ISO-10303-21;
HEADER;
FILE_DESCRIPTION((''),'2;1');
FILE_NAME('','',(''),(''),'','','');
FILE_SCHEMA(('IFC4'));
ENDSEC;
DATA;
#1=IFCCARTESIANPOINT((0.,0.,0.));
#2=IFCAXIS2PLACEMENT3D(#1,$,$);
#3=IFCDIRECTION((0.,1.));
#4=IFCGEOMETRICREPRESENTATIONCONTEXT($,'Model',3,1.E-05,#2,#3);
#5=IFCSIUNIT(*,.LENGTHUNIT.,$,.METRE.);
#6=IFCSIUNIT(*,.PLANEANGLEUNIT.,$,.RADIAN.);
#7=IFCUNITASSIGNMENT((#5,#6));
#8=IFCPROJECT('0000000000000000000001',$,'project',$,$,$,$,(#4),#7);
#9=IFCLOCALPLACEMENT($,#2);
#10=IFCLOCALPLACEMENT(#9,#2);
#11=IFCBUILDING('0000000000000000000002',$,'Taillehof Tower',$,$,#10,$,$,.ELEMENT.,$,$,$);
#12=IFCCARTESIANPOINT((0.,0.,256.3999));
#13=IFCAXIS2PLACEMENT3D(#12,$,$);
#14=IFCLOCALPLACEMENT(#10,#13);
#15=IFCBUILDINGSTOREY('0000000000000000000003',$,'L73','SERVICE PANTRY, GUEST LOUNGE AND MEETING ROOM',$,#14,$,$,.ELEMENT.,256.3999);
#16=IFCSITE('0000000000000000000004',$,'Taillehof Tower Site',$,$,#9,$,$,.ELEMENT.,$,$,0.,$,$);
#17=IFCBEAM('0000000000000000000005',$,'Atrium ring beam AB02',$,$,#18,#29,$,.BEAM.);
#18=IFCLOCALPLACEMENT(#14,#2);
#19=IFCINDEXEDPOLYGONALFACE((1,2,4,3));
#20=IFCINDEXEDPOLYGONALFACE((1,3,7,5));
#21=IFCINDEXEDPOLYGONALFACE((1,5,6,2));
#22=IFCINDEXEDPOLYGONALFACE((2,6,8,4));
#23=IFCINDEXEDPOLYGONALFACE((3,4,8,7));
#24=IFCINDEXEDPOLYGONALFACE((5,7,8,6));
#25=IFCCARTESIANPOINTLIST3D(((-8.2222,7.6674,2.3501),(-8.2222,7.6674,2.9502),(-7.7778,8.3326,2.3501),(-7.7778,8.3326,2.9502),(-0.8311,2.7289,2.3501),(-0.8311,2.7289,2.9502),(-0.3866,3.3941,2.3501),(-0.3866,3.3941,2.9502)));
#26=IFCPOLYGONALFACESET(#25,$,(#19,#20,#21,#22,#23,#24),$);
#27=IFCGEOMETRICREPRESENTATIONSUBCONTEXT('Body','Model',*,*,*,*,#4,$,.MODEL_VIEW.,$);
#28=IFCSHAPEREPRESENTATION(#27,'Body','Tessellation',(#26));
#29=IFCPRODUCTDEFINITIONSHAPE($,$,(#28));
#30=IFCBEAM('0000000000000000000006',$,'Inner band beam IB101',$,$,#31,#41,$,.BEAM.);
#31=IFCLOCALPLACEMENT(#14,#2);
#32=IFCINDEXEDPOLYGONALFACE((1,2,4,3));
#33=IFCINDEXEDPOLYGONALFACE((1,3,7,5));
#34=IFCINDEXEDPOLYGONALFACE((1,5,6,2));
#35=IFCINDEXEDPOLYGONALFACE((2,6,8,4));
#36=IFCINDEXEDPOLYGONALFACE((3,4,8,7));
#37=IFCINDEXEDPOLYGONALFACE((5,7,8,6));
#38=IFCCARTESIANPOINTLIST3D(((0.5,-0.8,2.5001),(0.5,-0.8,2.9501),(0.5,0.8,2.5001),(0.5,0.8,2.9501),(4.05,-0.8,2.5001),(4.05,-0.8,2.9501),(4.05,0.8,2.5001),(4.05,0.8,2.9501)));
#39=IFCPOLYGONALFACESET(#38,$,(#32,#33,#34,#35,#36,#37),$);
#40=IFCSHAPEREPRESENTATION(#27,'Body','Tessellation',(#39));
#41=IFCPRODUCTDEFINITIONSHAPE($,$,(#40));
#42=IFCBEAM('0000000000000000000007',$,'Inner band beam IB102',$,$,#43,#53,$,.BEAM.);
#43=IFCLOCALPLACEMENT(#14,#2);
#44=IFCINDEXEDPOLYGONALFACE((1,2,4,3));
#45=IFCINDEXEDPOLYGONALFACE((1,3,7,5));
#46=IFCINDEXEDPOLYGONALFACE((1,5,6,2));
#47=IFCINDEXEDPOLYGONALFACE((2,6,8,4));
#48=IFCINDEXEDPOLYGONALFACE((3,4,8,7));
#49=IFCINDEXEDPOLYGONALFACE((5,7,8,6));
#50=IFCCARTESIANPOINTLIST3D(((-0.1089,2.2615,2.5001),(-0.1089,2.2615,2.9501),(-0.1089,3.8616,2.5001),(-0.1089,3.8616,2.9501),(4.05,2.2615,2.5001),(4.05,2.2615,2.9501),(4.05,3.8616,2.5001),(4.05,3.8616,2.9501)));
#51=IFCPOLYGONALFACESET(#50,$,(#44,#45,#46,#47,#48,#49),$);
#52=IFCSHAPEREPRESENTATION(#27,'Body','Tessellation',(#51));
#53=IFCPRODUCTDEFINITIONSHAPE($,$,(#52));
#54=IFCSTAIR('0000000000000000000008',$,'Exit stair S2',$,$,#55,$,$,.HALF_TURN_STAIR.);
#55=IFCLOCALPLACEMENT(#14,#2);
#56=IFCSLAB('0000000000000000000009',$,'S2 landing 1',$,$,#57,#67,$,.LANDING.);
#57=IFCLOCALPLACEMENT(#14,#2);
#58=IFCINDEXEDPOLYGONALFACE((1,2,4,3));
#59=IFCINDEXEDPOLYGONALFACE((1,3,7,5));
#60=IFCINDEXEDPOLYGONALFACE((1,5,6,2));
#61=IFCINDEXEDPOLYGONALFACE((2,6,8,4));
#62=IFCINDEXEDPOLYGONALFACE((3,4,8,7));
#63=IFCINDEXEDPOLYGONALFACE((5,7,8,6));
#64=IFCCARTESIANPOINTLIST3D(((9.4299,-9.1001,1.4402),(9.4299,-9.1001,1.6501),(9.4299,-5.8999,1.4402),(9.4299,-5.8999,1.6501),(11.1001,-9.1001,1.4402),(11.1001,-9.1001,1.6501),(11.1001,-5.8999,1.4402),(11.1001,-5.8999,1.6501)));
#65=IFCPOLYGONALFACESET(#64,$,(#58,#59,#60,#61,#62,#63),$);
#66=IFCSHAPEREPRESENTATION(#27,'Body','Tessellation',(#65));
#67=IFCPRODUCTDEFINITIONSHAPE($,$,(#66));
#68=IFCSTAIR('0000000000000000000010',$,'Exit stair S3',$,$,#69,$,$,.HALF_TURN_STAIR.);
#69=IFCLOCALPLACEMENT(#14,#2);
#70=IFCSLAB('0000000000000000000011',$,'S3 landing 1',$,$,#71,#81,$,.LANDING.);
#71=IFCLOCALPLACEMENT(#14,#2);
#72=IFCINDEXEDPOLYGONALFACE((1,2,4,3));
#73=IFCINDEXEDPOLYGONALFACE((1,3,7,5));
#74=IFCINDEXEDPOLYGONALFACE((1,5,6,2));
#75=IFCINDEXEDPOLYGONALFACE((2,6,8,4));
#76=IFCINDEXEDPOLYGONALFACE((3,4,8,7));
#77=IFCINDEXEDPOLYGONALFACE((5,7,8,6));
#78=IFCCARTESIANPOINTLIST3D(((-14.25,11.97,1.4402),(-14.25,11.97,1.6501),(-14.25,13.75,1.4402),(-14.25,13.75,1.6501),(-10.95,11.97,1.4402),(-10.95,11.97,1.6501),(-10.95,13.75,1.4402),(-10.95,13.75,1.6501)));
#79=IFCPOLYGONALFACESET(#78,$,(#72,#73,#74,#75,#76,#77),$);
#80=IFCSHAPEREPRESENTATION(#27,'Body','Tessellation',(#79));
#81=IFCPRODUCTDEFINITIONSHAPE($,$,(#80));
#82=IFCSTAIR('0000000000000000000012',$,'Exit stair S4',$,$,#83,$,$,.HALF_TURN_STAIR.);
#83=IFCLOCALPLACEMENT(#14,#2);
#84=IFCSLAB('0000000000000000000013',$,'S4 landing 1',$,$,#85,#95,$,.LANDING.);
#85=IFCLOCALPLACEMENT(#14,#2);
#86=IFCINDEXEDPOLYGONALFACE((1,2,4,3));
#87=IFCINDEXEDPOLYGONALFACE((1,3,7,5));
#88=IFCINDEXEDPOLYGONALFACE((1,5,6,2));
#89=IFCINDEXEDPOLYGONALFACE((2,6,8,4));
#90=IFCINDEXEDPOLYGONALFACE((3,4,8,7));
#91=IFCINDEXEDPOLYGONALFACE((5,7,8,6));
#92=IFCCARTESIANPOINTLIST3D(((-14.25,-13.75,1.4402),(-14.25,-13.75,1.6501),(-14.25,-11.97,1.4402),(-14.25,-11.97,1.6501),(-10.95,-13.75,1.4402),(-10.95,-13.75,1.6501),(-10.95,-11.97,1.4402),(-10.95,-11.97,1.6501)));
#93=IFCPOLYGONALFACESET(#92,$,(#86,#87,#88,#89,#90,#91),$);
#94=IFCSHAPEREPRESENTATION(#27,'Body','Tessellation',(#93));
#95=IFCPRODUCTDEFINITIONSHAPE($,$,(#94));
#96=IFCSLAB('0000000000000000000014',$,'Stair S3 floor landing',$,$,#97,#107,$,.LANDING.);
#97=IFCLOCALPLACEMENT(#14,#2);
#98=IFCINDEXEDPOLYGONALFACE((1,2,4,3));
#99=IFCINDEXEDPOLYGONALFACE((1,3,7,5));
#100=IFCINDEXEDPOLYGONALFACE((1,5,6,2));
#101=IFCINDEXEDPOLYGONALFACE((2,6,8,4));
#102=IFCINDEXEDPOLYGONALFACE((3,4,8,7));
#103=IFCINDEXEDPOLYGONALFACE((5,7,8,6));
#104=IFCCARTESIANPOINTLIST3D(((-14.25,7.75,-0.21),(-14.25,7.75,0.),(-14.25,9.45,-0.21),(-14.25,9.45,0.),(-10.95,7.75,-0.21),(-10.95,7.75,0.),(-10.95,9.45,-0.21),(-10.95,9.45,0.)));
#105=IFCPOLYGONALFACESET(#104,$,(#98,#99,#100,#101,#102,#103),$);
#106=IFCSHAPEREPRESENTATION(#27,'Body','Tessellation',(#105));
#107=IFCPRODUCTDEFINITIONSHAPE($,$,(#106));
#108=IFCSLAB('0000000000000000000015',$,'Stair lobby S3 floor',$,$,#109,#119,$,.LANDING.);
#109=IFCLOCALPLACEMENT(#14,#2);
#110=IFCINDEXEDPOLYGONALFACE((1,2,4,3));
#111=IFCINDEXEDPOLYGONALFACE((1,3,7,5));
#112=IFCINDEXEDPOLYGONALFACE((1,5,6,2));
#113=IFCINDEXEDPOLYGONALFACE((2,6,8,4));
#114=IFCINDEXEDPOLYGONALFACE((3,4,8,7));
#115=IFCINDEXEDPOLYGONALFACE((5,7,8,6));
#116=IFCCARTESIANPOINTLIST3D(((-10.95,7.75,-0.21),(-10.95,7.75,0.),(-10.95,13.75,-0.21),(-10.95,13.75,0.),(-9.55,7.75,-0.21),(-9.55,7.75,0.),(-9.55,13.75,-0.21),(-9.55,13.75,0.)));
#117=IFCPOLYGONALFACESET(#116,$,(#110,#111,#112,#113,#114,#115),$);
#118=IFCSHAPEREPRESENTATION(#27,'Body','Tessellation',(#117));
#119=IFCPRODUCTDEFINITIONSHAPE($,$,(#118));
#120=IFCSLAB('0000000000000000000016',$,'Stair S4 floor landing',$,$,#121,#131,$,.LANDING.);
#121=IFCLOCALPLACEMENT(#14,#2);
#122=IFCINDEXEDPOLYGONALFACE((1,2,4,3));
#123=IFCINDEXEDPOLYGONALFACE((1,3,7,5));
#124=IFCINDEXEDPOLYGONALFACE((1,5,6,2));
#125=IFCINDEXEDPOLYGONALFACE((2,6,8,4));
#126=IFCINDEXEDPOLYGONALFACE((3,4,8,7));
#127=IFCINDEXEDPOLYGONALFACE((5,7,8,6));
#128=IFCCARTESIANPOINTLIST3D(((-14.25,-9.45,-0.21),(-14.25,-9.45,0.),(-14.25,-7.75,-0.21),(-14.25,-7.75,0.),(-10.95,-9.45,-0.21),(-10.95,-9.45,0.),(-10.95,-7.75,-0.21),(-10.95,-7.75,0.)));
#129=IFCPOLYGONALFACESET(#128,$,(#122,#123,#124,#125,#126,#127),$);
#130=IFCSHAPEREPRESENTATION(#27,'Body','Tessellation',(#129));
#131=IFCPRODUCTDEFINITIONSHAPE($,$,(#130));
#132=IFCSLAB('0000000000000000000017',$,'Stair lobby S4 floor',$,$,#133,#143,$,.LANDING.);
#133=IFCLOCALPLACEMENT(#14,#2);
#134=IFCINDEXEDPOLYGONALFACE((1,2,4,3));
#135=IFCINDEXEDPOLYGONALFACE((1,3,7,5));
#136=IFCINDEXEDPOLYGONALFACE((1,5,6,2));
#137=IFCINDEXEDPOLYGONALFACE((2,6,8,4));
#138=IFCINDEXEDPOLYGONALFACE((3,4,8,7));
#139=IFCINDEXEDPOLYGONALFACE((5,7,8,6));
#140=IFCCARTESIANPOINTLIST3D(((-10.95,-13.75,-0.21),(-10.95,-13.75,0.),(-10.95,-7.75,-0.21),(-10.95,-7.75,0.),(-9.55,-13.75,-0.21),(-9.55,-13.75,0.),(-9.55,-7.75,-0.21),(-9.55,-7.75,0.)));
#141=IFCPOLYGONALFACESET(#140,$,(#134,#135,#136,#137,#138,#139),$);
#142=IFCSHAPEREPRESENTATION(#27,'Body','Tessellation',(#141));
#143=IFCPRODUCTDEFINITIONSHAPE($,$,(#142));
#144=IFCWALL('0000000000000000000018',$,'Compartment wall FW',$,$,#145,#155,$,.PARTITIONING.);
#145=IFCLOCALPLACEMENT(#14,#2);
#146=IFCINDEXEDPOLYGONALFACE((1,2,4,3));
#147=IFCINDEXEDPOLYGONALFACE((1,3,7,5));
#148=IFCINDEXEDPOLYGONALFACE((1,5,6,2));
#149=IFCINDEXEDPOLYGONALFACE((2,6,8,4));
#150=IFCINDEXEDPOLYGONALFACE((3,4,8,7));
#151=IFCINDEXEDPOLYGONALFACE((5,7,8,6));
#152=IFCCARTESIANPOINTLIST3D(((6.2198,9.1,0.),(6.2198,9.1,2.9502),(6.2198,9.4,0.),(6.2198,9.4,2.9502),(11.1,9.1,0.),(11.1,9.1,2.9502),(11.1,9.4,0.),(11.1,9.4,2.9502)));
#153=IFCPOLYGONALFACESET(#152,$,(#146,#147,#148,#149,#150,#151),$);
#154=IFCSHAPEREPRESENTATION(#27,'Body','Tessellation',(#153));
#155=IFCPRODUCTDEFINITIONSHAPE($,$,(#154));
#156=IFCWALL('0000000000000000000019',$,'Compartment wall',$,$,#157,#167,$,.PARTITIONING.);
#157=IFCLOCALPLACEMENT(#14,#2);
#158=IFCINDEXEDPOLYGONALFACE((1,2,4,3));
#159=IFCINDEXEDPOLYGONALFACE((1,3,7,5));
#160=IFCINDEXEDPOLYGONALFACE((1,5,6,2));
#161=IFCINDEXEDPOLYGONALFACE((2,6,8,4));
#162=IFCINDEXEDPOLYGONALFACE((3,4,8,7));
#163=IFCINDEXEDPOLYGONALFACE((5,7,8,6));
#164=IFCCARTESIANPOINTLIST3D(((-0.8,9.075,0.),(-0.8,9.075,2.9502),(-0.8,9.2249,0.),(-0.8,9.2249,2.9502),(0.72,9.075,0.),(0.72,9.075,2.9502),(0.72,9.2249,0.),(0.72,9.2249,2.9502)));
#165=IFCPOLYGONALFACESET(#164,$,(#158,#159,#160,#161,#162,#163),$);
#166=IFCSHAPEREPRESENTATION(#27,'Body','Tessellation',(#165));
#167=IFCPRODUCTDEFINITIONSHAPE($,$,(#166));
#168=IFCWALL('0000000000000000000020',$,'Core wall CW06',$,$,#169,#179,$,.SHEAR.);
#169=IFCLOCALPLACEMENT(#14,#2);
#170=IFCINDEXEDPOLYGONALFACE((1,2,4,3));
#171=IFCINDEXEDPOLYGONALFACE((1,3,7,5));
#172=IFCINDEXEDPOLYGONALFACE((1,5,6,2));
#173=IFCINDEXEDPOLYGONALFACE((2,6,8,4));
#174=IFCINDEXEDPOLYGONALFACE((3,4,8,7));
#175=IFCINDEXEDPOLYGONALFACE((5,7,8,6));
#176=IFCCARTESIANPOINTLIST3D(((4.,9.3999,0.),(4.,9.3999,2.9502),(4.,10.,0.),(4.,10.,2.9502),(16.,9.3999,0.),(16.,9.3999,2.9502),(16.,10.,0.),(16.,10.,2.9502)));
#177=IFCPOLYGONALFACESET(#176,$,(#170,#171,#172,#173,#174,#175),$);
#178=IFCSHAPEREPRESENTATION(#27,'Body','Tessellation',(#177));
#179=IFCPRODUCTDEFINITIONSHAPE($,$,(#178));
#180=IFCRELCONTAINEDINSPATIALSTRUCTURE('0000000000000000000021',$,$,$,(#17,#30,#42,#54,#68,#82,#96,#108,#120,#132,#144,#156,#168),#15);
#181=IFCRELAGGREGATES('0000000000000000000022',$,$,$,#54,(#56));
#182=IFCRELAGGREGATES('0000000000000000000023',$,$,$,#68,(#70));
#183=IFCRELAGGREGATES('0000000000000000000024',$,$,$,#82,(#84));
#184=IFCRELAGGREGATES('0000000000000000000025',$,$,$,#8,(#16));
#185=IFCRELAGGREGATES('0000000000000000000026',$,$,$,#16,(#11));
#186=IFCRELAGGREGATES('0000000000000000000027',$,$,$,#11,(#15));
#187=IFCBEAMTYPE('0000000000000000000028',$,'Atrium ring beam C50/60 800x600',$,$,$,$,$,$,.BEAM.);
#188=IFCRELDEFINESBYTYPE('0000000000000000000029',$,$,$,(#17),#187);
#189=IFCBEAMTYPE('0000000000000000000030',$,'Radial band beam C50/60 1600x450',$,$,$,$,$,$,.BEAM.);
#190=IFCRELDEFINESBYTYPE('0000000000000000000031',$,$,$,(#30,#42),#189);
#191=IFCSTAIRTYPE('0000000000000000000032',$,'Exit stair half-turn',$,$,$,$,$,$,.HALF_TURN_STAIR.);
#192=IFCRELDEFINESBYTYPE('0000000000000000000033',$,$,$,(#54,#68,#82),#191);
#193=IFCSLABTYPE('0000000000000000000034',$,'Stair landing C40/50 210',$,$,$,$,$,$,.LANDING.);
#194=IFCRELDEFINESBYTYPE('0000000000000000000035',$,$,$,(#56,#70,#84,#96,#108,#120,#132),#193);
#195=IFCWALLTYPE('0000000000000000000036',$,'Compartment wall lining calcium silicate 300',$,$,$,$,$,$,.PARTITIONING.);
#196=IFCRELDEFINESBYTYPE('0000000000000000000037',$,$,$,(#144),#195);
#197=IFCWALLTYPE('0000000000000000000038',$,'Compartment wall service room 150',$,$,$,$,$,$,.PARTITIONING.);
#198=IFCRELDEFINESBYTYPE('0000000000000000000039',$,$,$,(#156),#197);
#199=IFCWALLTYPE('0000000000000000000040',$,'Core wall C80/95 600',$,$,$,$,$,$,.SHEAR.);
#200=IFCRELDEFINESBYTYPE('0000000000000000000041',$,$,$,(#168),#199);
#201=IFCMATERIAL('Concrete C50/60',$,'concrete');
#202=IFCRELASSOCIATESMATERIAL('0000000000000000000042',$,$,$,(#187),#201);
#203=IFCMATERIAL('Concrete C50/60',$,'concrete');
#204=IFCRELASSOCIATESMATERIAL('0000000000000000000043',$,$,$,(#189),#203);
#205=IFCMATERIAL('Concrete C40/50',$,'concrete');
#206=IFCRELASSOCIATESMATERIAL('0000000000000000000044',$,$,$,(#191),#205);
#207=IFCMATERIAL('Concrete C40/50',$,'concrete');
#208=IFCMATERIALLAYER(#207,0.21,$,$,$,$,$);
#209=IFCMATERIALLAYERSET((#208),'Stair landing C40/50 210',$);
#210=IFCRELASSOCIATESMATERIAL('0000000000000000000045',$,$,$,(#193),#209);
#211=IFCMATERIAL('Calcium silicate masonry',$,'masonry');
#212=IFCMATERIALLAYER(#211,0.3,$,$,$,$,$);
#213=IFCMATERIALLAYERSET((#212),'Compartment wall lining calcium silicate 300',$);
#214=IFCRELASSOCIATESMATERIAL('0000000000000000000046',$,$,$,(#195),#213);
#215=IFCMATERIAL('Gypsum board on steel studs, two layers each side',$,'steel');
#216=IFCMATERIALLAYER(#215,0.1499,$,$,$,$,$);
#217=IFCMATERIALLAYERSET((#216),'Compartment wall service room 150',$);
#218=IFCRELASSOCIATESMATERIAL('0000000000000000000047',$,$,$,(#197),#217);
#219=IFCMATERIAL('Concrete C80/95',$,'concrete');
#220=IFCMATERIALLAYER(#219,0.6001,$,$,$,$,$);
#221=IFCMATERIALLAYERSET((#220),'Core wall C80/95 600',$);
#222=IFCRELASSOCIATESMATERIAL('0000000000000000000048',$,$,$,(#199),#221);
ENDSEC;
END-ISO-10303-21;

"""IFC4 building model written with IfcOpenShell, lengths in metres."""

from ifc_helpers import new_model, si_unit, direction, frame, frame_2d, origin, origin_2d, place, context, subcontext, project, spatial, polyline, rectangle, outline, extrude, material, layer, layer_set, material_profile, profile_set, type_object, element, aggregate, save


model = new_model("IFC4")

# Units and contexts
model_context = context("Model", 3, precision=1e-05, world=origin(), true_north=direction((0.0, 1.0)))
body_context = subcontext(model_context, "Body", "Model", "MODEL_VIEW")
ifc_project = project(units=[si_unit("LENGTHUNIT", "METRE"), si_unit("PLANEANGLEUNIT", "RADIAN")], contexts=[model_context])

# Site, building, storey
site_placement = place(None, origin())
site = spatial("IfcSite", under=ifc_project, at=site_placement, Name="Taillehof Tower Site", CompositionType="ELEMENT", RefElevation=0.0)
building_placement = place(site_placement, origin())
building = spatial("IfcBuilding", under=site, at=building_placement, Name="Taillehof Tower", CompositionType="ELEMENT")
storey_placement = place(building_placement, frame((0.0, 0.0, 256.3999)))
storey = spatial("IfcBuildingStorey", under=building, at=storey_placement, Name="L73", Description="SERVICE PANTRY, GUEST LOUNGE AND MEETING ROOM", CompositionType="ELEMENT", Elevation=256.3999)

# Beams
ifc_material_1 = material(Name="Concrete C50/60", Category="concrete")
ifc_material_profile_1 = material_profile(ifc_material_1, rectangle(XDim=0.8, YDim=0.6001, at=origin_2d()), Name="RC 800x600")
ifc_profile_set_1 = profile_set([ifc_material_profile_1], Name="Concrete C50/60")
beam_type_1 = type_object("IfcBeamType", Name="Atrium ring beam C50/60 800x600", PredefinedType="BEAM", material=ifc_profile_set_1)
beam_1_placement = place(storey_placement, frame((-0.6089, 3.0615, 2.6501), z_axis=(-0.831475, 0.555562, 0.0), x_axis=(-0.555562, -0.831475, 0.0)))
element("IfcBeam", 1, at=beam_1_placement, inside=storey, type_object=beam_type_1, Name="Atrium ring beam AB02", PredefinedType="BEAM", context=body_context, shape_type="SweptSolid", body=[
    extrude(rectangle(XDim=0.8, YDim=0.6001, at=origin_2d()), origin(), (0.0, 0.0, 1.0), 8.8892),
])
ifc_material_2 = material(Name="Concrete C50/60", Category="concrete")
ifc_material_profile_2 = material_profile(ifc_material_2, rectangle(XDim=1.6001, YDim=0.45, at=origin_2d()), Name="RC 1600x450")
ifc_profile_set_2 = profile_set([ifc_material_profile_2], Name="Concrete C50/60")
beam_type_2 = type_object("IfcBeamType", Name="Radial band beam C50/60 1600x450", PredefinedType="BEAM", material=ifc_profile_set_2)
beam_2_placement = place(storey_placement, frame((0.5, 0.0, 2.7251), z_axis=(1.0, 0.0, 0.0), x_axis=(0.0, 1.0, 0.0)))
element("IfcBeam", 2, at=beam_2_placement, inside=storey, type_object=beam_type_2, Name="Inner band beam IB101", PredefinedType="BEAM", context=body_context, shape_type="SweptSolid", body=[
    extrude(rectangle(XDim=1.6001, YDim=0.45, at=origin_2d()), origin(), (0.0, 0.0, 1.0), 3.55),
])
beam_3_placement = place(storey_placement, frame((-0.1089, 3.0615, 2.7251), z_axis=(1.0, 0.0, 0.0), x_axis=(0.0, 1.0, 0.0)))
element("IfcBeam", 3, at=beam_3_placement, inside=storey, type_object=beam_type_2, Name="Inner band beam IB102", PredefinedType="BEAM", context=body_context, shape_type="SweptSolid", body=[
    extrude(rectangle(XDim=1.6001, YDim=0.45, at=origin_2d()), origin(), (0.0, 0.0, 1.0), 4.1589),
])

# Stairs, slabs
ifc_material_3 = material(Name="Concrete C40/50", Category="concrete")
stair_type = type_object("IfcStairType", Name="Exit stair half-turn", PredefinedType="HALF_TURN_STAIR", material=ifc_material_3)
stair_1_placement = place(storey_placement, origin())
stair_1 = element("IfcStair", 4, at=stair_1_placement, inside=storey, type_object=stair_type, Name="Exit stair S2", PredefinedType="HALF_TURN_STAIR")
ifc_material_4 = material(Name="Concrete C40/50", Category="concrete")
ifc_layer_1 = layer(ifc_material_4, 0.21)
ifc_layer_set_1 = layer_set([ifc_layer_1], Name="Stair landing C40/50 210")
slab_type = type_object("IfcSlabType", Name="Stair landing C40/50 210", PredefinedType="LANDING", material=ifc_layer_set_1)
slab_1_placement = place(storey_placement, frame((0.0, 0.0, 1.4402)))
slab_1 = element("IfcSlab", 5, at=slab_1_placement, type_object=slab_type, Name="S2 landing 1", PredefinedType="LANDING", context=body_context, shape_type="SweptSolid", body=[
    extrude(outline(polyline([(9.4299, -5.8999), (11.1001, -5.8999), (11.1001, -9.1001), (9.4299, -9.1001), (9.4299, -5.8999)])), origin(), (0.0, 0.0, 1.0), 0.21),
])
aggregate(stair_1, [slab_1])
stair_2_placement = place(storey_placement, origin())
stair_2 = element("IfcStair", 6, at=stair_2_placement, inside=storey, type_object=stair_type, Name="Exit stair S3", PredefinedType="HALF_TURN_STAIR")
slab_2_placement = place(storey_placement, frame((0.0, 0.0, 1.4402)))
slab_2 = element("IfcSlab", 7, at=slab_2_placement, type_object=slab_type, Name="S3 landing 1", PredefinedType="LANDING", context=body_context, shape_type="SweptSolid", body=[
    extrude(outline(polyline([(-14.25, 11.97), (-14.25, 13.75), (-10.95, 13.75), (-10.95, 11.97), (-14.25, 11.97)])), origin(), (0.0, 0.0, 1.0), 0.21),
])
aggregate(stair_2, [slab_2])
stair_3_placement = place(storey_placement, origin())
stair_3 = element("IfcStair", 8, at=stair_3_placement, inside=storey, type_object=stair_type, Name="Exit stair S4", PredefinedType="HALF_TURN_STAIR")
slab_3_placement = place(storey_placement, frame((0.0, 0.0, 1.4402)))
slab_3 = element("IfcSlab", 9, at=slab_3_placement, type_object=slab_type, Name="S4 landing 1", PredefinedType="LANDING", context=body_context, shape_type="SweptSolid", body=[
    extrude(outline(polyline([(-14.25, -11.97), (-14.25, -13.75), (-10.95, -13.75), (-10.95, -11.97), (-14.25, -11.97)])), origin(), (0.0, 0.0, 1.0), 0.21),
])
aggregate(stair_3, [slab_3])

# Slabs
slab_4_placement = place(storey_placement, frame((0.0, 0.0, -0.21)))
element("IfcSlab", 10, at=slab_4_placement, inside=storey, type_object=slab_type, Name="Stair S3 floor landing", PredefinedType="LANDING", context=body_context, shape_type="SweptSolid", body=[
    extrude(outline(polyline([(-14.25, 7.75), (-14.25, 9.45), (-10.95, 9.45), (-10.95, 7.75), (-14.25, 7.75)])), origin(), (0.0, 0.0, 1.0), 0.21),
])
slab_5_placement = place(storey_placement, frame((0.0, 0.0, -0.21)))
element("IfcSlab", 11, at=slab_5_placement, inside=storey, type_object=slab_type, Name="Stair lobby S3 floor", PredefinedType="LANDING", context=body_context, shape_type="SweptSolid", body=[
    extrude(outline(polyline([(-10.95, 7.75), (-9.55, 7.75), (-9.55, 13.75), (-10.95, 13.75), (-10.95, 7.75)])), origin(), (0.0, 0.0, 1.0), 0.21),
])
slab_6_placement = place(storey_placement, frame((0.0, 0.0, -0.21)))
element("IfcSlab", 12, at=slab_6_placement, inside=storey, type_object=slab_type, Name="Stair S4 floor landing", PredefinedType="LANDING", context=body_context, shape_type="SweptSolid", body=[
    extrude(outline(polyline([(-14.25, -7.75), (-14.25, -9.45), (-10.95, -9.45), (-10.95, -7.75), (-14.25, -7.75)])), origin(), (0.0, 0.0, 1.0), 0.21),
])
slab_7_placement = place(storey_placement, frame((0.0, 0.0, -0.21)))
element("IfcSlab", 13, at=slab_7_placement, inside=storey, type_object=slab_type, Name="Stair lobby S4 floor", PredefinedType="LANDING", context=body_context, shape_type="SweptSolid", body=[
    extrude(outline(polyline([(-10.95, -13.75), (-9.55, -13.75), (-9.55, -7.75), (-10.95, -7.75), (-10.95, -13.75)])), origin(), (0.0, 0.0, 1.0), 0.21),
])

# Walls
ifc_material_5 = material(Name="Calcium silicate masonry", Category="masonry")
ifc_layer_2 = layer(ifc_material_5, 0.3)
ifc_layer_set_2 = layer_set([ifc_layer_2], Name="Compartment wall lining calcium silicate 300")
wall_type_1 = type_object("IfcWallType", Name="Compartment wall lining calcium silicate 300", PredefinedType="PARTITIONING", material=ifc_layer_set_2)
wall_1_placement = place(storey_placement, frame((6.22, 9.25, 0.0), z_axis=(0.0, 0.0, 1.0), x_axis=(1.0, 0.0, 0.0)))
element("IfcWall", 14, at=wall_1_placement, inside=storey, type_object=wall_type_1, Name="Compartment wall FW", PredefinedType="PARTITIONING", context=body_context, shape_type="SweptSolid", body=[
    extrude(rectangle(XDim=4.8801, YDim=0.3, at=frame_2d((2.4399, 0.0))), origin(), (0.0, 0.0, 1.0), 2.9502),
])
ifc_material_6 = material(Name="Gypsum board on steel studs, two layers each side", Category="steel")
ifc_layer_3 = layer(ifc_material_6, 0.1499)
ifc_layer_set_3 = layer_set([ifc_layer_3], Name="Compartment wall service room 150")
wall_type_2 = type_object("IfcWallType", Name="Compartment wall service room 150", PredefinedType="PARTITIONING", material=ifc_layer_set_3)
wall_2_placement = place(storey_placement, frame((0.72, 9.1499, 0.0), z_axis=(0.0, 0.0, 1.0), x_axis=(-1.0, 0.0, 0.0)))
element("IfcWall", 15, at=wall_2_placement, inside=storey, type_object=wall_type_2, Name="Compartment wall", PredefinedType="PARTITIONING", context=body_context, shape_type="SweptSolid", body=[
    extrude(rectangle(XDim=1.52, YDim=0.1499, at=frame_2d((0.76, 0.0))), origin(), (0.0, 0.0, 1.0), 2.9502),
])
ifc_material_7 = material(Name="Concrete C80/95", Category="concrete")
ifc_layer_4 = layer(ifc_material_7, 0.6001)
ifc_layer_set_4 = layer_set([ifc_layer_4], Name="Core wall C80/95 600")
wall_type_3 = type_object("IfcWallType", Name="Core wall C80/95 600", PredefinedType="SHEAR", material=ifc_layer_set_4)
wall_3_placement = place(storey_placement, frame((4.0, 9.7, 0.0), z_axis=(0.0, 0.0, 1.0), x_axis=(1.0, 0.0, 0.0)))
element("IfcWall", 16, at=wall_3_placement, inside=storey, type_object=wall_type_3, Name="Core wall CW06", PredefinedType="SHEAR", context=body_context, shape_type="SweptSolid", body=[
    extrude(rectangle(XDim=12.0, YDim=0.6001, at=frame_2d((6.0, 0.0))), origin(), (0.0, 0.0, 1.0), 2.9502),
])

save(model, "model.ifc")
